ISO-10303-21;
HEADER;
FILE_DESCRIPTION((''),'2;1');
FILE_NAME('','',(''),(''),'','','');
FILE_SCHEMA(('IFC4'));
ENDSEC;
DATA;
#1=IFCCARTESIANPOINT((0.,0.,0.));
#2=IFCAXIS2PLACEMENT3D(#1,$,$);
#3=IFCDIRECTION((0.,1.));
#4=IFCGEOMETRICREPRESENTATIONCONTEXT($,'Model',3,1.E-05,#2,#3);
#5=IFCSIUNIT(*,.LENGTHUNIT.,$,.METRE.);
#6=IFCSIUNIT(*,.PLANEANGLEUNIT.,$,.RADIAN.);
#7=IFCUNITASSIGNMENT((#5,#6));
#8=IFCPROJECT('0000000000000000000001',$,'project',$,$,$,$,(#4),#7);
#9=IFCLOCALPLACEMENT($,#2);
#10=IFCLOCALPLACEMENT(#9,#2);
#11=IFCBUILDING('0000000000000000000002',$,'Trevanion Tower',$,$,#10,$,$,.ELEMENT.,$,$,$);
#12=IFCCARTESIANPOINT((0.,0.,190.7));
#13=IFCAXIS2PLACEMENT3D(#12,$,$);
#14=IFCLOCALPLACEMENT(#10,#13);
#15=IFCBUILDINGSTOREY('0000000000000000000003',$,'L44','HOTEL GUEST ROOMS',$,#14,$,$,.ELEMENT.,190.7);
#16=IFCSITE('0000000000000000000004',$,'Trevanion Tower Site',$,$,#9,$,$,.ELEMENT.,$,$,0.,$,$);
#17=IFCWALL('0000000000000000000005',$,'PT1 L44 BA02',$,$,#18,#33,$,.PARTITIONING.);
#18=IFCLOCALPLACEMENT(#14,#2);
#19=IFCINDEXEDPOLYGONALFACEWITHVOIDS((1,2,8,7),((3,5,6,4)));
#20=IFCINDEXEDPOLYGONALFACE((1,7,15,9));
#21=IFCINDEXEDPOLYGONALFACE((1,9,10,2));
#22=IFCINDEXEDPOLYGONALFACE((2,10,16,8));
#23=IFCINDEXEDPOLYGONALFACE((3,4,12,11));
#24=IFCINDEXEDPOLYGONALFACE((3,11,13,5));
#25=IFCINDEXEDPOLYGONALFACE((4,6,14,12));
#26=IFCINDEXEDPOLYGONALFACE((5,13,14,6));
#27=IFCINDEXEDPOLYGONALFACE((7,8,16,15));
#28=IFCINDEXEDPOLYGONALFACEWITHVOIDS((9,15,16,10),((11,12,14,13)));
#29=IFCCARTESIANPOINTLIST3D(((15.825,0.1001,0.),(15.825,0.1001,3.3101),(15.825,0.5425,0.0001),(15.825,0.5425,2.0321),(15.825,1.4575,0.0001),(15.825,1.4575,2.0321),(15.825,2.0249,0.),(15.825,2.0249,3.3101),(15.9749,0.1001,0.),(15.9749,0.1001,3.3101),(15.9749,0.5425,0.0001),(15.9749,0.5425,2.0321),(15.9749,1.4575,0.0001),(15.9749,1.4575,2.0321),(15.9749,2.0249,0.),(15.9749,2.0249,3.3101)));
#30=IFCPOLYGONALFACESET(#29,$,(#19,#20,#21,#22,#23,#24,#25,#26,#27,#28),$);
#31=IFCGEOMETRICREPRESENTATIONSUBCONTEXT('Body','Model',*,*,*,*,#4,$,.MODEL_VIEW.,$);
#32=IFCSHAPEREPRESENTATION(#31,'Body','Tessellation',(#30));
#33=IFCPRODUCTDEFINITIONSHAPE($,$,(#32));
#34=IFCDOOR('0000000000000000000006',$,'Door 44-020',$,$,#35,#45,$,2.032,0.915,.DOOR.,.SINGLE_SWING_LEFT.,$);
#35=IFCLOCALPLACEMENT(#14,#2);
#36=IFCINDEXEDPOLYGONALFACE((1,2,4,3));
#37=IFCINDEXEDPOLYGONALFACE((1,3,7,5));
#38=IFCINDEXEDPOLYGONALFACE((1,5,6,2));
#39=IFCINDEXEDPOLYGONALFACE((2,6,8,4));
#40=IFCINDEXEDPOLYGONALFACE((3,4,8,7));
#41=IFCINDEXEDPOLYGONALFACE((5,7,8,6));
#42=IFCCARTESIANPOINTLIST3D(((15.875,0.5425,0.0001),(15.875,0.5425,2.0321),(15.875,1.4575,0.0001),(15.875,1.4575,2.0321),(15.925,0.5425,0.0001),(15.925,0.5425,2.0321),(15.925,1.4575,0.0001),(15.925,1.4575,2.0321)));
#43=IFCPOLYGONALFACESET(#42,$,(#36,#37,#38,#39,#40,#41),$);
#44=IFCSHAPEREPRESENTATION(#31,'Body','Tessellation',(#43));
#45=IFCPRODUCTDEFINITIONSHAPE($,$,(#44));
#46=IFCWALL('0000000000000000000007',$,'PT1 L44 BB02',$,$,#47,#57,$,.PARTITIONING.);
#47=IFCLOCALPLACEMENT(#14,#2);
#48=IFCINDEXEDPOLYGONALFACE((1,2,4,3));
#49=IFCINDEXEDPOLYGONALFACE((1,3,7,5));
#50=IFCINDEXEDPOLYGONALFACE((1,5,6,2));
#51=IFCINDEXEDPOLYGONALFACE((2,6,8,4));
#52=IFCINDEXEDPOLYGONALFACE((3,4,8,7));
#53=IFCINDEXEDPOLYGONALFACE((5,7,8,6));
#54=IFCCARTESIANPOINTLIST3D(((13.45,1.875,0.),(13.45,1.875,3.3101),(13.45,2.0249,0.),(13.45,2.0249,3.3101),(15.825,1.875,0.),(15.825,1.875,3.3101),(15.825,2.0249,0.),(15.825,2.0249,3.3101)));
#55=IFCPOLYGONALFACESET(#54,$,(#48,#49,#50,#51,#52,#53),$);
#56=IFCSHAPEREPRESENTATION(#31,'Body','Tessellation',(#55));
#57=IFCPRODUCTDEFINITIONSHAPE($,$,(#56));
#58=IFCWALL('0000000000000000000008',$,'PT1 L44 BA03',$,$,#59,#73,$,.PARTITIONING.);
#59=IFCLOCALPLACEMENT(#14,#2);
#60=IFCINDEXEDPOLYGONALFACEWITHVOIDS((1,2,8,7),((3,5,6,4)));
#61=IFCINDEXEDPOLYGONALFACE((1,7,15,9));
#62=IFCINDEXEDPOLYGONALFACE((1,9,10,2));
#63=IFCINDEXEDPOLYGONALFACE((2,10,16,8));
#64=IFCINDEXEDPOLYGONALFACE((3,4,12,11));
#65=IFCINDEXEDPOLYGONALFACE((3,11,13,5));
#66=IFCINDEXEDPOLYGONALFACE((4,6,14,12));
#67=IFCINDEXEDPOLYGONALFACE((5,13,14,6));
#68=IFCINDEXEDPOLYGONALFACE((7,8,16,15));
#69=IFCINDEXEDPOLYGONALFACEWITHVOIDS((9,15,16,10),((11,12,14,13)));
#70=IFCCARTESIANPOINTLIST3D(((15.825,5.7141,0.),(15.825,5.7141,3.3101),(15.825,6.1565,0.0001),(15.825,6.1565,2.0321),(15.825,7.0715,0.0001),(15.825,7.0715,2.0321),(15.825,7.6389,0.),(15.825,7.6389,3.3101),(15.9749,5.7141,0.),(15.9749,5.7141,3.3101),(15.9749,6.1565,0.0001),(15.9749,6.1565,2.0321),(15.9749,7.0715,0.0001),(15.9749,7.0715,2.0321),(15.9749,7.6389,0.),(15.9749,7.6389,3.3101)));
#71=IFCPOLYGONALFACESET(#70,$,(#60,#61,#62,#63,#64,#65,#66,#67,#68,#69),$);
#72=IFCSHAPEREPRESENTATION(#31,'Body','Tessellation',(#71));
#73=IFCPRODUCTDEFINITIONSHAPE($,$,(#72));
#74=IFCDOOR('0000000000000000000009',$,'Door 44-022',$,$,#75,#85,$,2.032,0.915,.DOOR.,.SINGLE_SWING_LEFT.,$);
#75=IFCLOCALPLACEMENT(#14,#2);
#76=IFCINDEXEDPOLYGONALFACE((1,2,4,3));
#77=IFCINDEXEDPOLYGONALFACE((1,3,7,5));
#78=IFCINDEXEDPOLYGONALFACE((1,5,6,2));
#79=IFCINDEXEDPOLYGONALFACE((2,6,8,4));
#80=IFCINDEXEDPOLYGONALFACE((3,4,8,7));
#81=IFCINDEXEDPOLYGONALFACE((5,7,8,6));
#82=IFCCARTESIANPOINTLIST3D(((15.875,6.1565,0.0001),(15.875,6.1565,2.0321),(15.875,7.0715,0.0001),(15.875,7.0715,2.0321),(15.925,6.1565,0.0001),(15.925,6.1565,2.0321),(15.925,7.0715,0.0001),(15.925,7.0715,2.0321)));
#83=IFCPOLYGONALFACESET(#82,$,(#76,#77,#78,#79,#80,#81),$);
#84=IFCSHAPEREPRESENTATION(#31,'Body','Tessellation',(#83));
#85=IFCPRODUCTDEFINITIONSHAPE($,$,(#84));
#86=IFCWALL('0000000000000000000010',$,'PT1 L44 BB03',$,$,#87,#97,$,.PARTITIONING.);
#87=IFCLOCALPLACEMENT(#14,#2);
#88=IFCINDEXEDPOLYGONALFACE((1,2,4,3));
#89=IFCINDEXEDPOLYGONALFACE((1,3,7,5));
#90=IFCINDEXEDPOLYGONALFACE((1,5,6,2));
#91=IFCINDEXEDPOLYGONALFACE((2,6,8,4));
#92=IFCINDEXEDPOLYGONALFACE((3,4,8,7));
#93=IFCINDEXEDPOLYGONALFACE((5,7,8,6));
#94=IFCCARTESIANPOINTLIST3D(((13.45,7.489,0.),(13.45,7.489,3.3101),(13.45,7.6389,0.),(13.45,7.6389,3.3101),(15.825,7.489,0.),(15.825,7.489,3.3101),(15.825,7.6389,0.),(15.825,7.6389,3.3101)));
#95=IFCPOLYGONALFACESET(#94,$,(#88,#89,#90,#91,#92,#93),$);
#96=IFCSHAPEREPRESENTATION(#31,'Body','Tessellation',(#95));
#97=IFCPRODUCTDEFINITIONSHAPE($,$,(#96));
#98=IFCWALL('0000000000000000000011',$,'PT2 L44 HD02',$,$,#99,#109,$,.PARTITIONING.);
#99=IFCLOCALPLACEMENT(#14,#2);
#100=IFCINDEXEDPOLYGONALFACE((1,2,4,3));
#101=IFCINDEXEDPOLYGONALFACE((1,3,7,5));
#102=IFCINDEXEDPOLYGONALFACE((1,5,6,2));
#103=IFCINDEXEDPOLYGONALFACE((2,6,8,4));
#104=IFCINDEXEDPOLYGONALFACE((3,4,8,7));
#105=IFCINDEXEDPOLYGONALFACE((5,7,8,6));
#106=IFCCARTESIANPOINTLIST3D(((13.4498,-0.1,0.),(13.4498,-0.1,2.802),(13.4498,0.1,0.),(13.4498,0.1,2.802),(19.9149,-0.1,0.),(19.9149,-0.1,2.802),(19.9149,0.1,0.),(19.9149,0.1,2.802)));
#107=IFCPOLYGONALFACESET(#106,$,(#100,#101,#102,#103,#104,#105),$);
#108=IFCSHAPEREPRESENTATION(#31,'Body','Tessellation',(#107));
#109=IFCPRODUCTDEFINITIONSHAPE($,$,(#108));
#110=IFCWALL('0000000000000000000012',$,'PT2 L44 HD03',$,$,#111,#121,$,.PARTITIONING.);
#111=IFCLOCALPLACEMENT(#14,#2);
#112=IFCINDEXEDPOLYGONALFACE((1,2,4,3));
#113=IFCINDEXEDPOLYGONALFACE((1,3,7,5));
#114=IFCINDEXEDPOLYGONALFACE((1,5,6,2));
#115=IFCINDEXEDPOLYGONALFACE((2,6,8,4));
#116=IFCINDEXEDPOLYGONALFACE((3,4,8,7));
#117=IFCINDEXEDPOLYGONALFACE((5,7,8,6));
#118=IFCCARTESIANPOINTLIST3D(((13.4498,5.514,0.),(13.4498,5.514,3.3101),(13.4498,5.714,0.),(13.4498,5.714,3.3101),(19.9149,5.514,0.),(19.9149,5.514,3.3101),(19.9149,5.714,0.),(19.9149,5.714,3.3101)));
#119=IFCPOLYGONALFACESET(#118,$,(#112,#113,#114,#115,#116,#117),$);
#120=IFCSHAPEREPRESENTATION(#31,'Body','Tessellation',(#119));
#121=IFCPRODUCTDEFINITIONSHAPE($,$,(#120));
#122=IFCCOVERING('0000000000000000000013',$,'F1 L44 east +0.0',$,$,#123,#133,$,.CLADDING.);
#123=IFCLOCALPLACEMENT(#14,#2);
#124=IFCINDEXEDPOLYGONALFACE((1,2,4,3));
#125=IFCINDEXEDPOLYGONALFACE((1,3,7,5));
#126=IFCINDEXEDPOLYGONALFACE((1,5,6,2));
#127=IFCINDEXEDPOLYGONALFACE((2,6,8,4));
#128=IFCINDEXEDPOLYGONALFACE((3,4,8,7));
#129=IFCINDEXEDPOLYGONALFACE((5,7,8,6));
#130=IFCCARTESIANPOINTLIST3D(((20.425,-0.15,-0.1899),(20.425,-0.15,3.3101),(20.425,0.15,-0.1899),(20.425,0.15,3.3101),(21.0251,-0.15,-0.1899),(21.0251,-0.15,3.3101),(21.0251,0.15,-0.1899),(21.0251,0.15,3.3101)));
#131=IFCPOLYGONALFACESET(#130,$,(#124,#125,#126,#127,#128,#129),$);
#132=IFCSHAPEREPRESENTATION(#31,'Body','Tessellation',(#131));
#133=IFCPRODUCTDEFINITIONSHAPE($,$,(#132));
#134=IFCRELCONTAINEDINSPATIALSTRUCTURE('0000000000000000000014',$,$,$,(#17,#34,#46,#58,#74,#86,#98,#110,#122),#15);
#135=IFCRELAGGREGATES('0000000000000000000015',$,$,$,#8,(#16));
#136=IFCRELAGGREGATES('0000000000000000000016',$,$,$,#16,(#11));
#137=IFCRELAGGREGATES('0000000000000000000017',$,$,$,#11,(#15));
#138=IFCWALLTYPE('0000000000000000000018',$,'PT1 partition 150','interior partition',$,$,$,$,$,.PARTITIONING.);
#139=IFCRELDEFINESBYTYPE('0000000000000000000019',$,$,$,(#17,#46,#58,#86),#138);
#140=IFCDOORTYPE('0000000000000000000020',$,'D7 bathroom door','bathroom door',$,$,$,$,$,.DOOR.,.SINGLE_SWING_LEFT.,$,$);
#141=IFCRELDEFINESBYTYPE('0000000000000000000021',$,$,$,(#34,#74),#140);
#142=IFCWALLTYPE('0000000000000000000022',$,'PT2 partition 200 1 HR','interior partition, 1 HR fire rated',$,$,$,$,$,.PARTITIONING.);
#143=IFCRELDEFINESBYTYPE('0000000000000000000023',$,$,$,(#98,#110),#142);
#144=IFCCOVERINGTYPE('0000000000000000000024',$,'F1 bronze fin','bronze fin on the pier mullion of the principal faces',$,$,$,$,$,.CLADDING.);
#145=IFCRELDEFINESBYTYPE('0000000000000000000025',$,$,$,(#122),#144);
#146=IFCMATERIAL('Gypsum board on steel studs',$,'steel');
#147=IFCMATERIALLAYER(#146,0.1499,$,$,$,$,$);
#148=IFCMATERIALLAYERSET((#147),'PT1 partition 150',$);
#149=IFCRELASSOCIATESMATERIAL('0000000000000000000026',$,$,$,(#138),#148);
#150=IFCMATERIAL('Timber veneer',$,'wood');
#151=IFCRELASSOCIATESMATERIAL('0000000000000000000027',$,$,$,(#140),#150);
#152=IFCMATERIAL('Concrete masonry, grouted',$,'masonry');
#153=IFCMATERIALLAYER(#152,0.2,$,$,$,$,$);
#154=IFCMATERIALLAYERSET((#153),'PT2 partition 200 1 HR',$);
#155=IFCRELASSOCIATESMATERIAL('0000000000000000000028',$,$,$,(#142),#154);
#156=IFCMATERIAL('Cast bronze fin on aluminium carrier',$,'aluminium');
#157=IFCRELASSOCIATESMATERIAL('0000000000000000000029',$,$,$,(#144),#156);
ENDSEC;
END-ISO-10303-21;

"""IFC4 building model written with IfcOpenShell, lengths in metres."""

from ifc_helpers import new_model, si_unit, direction, frame, frame_2d, origin, origin_2d, place, context, subcontext, project, spatial, rectangle, extrude, material, layer, layer_set, type_object, element, fill, save


model = new_model("IFC4")

# Units and contexts
model_context = context("Model", 3, precision=1e-05, world=origin(), true_north=direction((0.0, 1.0)))
body_context = subcontext(model_context, "Body", "Model", "MODEL_VIEW")
ifc_project = project(units=[si_unit("LENGTHUNIT", "METRE"), si_unit("PLANEANGLEUNIT", "RADIAN")], contexts=[model_context])

# Site, building, storey
site_placement = place(None, origin())
site = spatial("IfcSite", under=ifc_project, at=site_placement, Name="Trevanion Tower Site", CompositionType="ELEMENT", RefElevation=0.0)
building_placement = place(site_placement, origin())
building = spatial("IfcBuilding", under=site, at=building_placement, Name="Trevanion Tower", CompositionType="ELEMENT")
storey_placement = place(building_placement, frame((0.0, 0.0, 190.7)))
storey = spatial("IfcBuildingStorey", under=building, at=storey_placement, Name="L44", Description="HOTEL GUEST ROOMS", CompositionType="ELEMENT", Elevation=190.7)

# Wall, opening, door
ifc_material_1 = material(Name="Gypsum board on steel studs", Category="steel")
ifc_layer_1 = layer(ifc_material_1, 0.1499)
ifc_layer_set_1 = layer_set([ifc_layer_1], Name="PT1 partition 150")
wall_type_1 = type_object("IfcWallType", Name="PT1 partition 150", Description="interior partition", PredefinedType="PARTITIONING", material=ifc_layer_set_1)
wall_1_placement = place(storey_placement, frame((15.8999, 0.1001, 0.0), z_axis=(0.0, 0.0, 1.0), x_axis=(0.0, 1.0, 0.0)))
wall_1 = element("IfcWall", 1, at=wall_1_placement, inside=storey, type_object=wall_type_1, Name="PT1 L44 BA02", PredefinedType="PARTITIONING", context=body_context, shape_type="SweptSolid", body=[
    extrude(rectangle(XDim=1.9248, YDim=0.1499, at=frame_2d((0.9624, 0.0))), origin(), (0.0, 0.0, 1.0), 3.3101),
])
opening_1_placement = place(wall_1_placement, frame((0.4424, 0.0, 0.0)))
opening_1 = element("IfcOpeningElement", 2, at=opening_1_placement, cuts=wall_1, PredefinedType="OPENING", context=body_context, shape_type="SweptSolid", body=[
    extrude(rectangle(XDim=0.915, YDim=2.032, at=frame_2d((0.4575, 1.0161))), frame((0.0, 0.085, 0.0), z_axis=(0.0, -1.0, 0.0), x_axis=(1.0, 0.0, 0.0)), (0.0, 0.0, 1.0), 0.1699),
])
ifc_material_2 = material(Name="Timber veneer", Category="wood")
door_type = type_object("IfcDoorType", Name="D7 bathroom door", Description="bathroom door", OperationType="SINGLE_SWING_LEFT", PredefinedType="DOOR", material=ifc_material_2)
door_1_placement = place(opening_1_placement, origin())
door_1 = element("IfcDoor", 3, at=door_1_placement, inside=storey, type_object=door_type, Name="Door 44-020", OperationType="SINGLE_SWING_LEFT", OverallHeight=2.032, OverallWidth=0.915, PredefinedType="DOOR", context=body_context, shape_type="SweptSolid", body=[
    extrude(rectangle(XDim=0.915, YDim=2.032, at=frame_2d((0.4575, 1.0161))), frame((0.0, 0.0249, 0.0), z_axis=(0.0, -1.0, 0.0), x_axis=(1.0, 0.0, 0.0)), (0.0, 0.0, 1.0), 0.05),
])
fill(opening_1, door_1)

# Wall
wall_2_placement = place(storey_placement, frame((13.45, 1.95, 0.0), z_axis=(0.0, 0.0, 1.0), x_axis=(1.0, 0.0, 0.0)))
element("IfcWall", 4, at=wall_2_placement, inside=storey, type_object=wall_type_1, Name="PT1 L44 BB02", PredefinedType="PARTITIONING", context=body_context, shape_type="SweptSolid", body=[
    extrude(rectangle(XDim=2.375, YDim=0.1499, at=frame_2d((1.1875, 0.0))), origin(), (0.0, 0.0, 1.0), 3.3101),
])

# Wall, opening, door
wall_3_placement = place(storey_placement, frame((15.8999, 5.7141, 0.0), z_axis=(0.0, 0.0, 1.0), x_axis=(0.0, 1.0, 0.0)))
wall_3 = element("IfcWall", 5, at=wall_3_placement, inside=storey, type_object=wall_type_1, Name="PT1 L44 BA03", PredefinedType="PARTITIONING", context=body_context, shape_type="SweptSolid", body=[
    extrude(rectangle(XDim=1.9248, YDim=0.1499, at=frame_2d((0.9624, 0.0))), origin(), (0.0, 0.0, 1.0), 3.3101),
])
opening_2_placement = place(wall_3_placement, frame((0.4424, 0.0, 0.0)))
opening_2 = element("IfcOpeningElement", 6, at=opening_2_placement, cuts=wall_3, PredefinedType="OPENING", context=body_context, shape_type="SweptSolid", body=[
    extrude(rectangle(XDim=0.915, YDim=2.032, at=frame_2d((0.4575, 1.0161))), frame((0.0, 0.085, 0.0), z_axis=(0.0, -1.0, 0.0), x_axis=(1.0, 0.0, 0.0)), (0.0, 0.0, 1.0), 0.1699),
])
door_2_placement = place(opening_2_placement, origin())
door_2 = element("IfcDoor", 7, at=door_2_placement, inside=storey, type_object=door_type, Name="Door 44-022", OperationType="SINGLE_SWING_LEFT", OverallHeight=2.032, OverallWidth=0.915, PredefinedType="DOOR", context=body_context, shape_type="SweptSolid", body=[
    extrude(rectangle(XDim=0.915, YDim=2.032, at=frame_2d((0.4575, 1.0161))), frame((0.0, 0.0249, 0.0), z_axis=(0.0, -1.0, 0.0), x_axis=(1.0, 0.0, 0.0)), (0.0, 0.0, 1.0), 0.05),
])
fill(opening_2, door_2)

# Walls
wall_4_placement = place(storey_placement, frame((13.45, 7.564, 0.0), z_axis=(0.0, 0.0, 1.0), x_axis=(1.0, 0.0, 0.0)))
element("IfcWall", 8, at=wall_4_placement, inside=storey, type_object=wall_type_1, Name="PT1 L44 BB03", PredefinedType="PARTITIONING", context=body_context, shape_type="SweptSolid", body=[
    extrude(rectangle(XDim=2.375, YDim=0.1499, at=frame_2d((1.1875, 0.0))), origin(), (0.0, 0.0, 1.0), 3.3101),
])
ifc_material_3 = material(Name="Concrete masonry, grouted", Category="masonry")
ifc_layer_2 = layer(ifc_material_3, 0.2)
ifc_layer_set_2 = layer_set([ifc_layer_2], Name="PT2 partition 200 1 HR")
wall_type_2 = type_object("IfcWallType", Name="PT2 partition 200 1 HR", Description="interior partition, 1 HR fire rated", PredefinedType="PARTITIONING", material=ifc_layer_set_2)
wall_5_placement = place(storey_placement, frame((13.45, 0.0, 0.0), z_axis=(0.0, 0.0, 1.0), x_axis=(1.0, 0.0, 0.0)))
element("IfcWall", 9, at=wall_5_placement, inside=storey, type_object=wall_type_2, Name="PT2 L44 HD02", PredefinedType="PARTITIONING", context=body_context, shape_type="SweptSolid", body=[
    extrude(rectangle(XDim=6.4651, YDim=0.2, at=frame_2d((3.2324, 0.0))), origin(), (0.0, 0.0, 1.0), 2.802),
])
wall_6_placement = place(storey_placement, frame((13.45, 5.614, 0.0), z_axis=(0.0, 0.0, 1.0), x_axis=(1.0, 0.0, 0.0)))
element("IfcWall", 10, at=wall_6_placement, inside=storey, type_object=wall_type_2, Name="PT2 L44 HD03", PredefinedType="PARTITIONING", context=body_context, shape_type="SweptSolid", body=[
    extrude(rectangle(XDim=6.4651, YDim=0.2, at=frame_2d((3.2324, 0.0))), origin(), (0.0, 0.0, 1.0), 3.3101),
])

# Covering
ifc_material_4 = material(Name="Cast bronze fin on aluminium carrier", Category="aluminium")
covering_type = type_object("IfcCoveringType", Name="F1 bronze fin", Description="bronze fin on the pier mullion of the principal faces", PredefinedType="CLADDING", material=ifc_material_4)
covering_placement = place(storey_placement, frame((20.7251, 0.0, -0.1899), z_axis=(0.0, 0.0, 1.0), x_axis=(0.0, 1.0, 0.0)))
element("IfcCovering", 11, at=covering_placement, inside=storey, type_object=covering_type, Name="F1 L44 east +0.0", PredefinedType="CLADDING", context=body_context, shape_type="SweptSolid", body=[
    extrude(rectangle(XDim=0.3, YDim=0.6001, at=origin_2d()), origin(), (0.0, 0.0, 1.0), 3.5),
])

save(model, "model.ifc")
